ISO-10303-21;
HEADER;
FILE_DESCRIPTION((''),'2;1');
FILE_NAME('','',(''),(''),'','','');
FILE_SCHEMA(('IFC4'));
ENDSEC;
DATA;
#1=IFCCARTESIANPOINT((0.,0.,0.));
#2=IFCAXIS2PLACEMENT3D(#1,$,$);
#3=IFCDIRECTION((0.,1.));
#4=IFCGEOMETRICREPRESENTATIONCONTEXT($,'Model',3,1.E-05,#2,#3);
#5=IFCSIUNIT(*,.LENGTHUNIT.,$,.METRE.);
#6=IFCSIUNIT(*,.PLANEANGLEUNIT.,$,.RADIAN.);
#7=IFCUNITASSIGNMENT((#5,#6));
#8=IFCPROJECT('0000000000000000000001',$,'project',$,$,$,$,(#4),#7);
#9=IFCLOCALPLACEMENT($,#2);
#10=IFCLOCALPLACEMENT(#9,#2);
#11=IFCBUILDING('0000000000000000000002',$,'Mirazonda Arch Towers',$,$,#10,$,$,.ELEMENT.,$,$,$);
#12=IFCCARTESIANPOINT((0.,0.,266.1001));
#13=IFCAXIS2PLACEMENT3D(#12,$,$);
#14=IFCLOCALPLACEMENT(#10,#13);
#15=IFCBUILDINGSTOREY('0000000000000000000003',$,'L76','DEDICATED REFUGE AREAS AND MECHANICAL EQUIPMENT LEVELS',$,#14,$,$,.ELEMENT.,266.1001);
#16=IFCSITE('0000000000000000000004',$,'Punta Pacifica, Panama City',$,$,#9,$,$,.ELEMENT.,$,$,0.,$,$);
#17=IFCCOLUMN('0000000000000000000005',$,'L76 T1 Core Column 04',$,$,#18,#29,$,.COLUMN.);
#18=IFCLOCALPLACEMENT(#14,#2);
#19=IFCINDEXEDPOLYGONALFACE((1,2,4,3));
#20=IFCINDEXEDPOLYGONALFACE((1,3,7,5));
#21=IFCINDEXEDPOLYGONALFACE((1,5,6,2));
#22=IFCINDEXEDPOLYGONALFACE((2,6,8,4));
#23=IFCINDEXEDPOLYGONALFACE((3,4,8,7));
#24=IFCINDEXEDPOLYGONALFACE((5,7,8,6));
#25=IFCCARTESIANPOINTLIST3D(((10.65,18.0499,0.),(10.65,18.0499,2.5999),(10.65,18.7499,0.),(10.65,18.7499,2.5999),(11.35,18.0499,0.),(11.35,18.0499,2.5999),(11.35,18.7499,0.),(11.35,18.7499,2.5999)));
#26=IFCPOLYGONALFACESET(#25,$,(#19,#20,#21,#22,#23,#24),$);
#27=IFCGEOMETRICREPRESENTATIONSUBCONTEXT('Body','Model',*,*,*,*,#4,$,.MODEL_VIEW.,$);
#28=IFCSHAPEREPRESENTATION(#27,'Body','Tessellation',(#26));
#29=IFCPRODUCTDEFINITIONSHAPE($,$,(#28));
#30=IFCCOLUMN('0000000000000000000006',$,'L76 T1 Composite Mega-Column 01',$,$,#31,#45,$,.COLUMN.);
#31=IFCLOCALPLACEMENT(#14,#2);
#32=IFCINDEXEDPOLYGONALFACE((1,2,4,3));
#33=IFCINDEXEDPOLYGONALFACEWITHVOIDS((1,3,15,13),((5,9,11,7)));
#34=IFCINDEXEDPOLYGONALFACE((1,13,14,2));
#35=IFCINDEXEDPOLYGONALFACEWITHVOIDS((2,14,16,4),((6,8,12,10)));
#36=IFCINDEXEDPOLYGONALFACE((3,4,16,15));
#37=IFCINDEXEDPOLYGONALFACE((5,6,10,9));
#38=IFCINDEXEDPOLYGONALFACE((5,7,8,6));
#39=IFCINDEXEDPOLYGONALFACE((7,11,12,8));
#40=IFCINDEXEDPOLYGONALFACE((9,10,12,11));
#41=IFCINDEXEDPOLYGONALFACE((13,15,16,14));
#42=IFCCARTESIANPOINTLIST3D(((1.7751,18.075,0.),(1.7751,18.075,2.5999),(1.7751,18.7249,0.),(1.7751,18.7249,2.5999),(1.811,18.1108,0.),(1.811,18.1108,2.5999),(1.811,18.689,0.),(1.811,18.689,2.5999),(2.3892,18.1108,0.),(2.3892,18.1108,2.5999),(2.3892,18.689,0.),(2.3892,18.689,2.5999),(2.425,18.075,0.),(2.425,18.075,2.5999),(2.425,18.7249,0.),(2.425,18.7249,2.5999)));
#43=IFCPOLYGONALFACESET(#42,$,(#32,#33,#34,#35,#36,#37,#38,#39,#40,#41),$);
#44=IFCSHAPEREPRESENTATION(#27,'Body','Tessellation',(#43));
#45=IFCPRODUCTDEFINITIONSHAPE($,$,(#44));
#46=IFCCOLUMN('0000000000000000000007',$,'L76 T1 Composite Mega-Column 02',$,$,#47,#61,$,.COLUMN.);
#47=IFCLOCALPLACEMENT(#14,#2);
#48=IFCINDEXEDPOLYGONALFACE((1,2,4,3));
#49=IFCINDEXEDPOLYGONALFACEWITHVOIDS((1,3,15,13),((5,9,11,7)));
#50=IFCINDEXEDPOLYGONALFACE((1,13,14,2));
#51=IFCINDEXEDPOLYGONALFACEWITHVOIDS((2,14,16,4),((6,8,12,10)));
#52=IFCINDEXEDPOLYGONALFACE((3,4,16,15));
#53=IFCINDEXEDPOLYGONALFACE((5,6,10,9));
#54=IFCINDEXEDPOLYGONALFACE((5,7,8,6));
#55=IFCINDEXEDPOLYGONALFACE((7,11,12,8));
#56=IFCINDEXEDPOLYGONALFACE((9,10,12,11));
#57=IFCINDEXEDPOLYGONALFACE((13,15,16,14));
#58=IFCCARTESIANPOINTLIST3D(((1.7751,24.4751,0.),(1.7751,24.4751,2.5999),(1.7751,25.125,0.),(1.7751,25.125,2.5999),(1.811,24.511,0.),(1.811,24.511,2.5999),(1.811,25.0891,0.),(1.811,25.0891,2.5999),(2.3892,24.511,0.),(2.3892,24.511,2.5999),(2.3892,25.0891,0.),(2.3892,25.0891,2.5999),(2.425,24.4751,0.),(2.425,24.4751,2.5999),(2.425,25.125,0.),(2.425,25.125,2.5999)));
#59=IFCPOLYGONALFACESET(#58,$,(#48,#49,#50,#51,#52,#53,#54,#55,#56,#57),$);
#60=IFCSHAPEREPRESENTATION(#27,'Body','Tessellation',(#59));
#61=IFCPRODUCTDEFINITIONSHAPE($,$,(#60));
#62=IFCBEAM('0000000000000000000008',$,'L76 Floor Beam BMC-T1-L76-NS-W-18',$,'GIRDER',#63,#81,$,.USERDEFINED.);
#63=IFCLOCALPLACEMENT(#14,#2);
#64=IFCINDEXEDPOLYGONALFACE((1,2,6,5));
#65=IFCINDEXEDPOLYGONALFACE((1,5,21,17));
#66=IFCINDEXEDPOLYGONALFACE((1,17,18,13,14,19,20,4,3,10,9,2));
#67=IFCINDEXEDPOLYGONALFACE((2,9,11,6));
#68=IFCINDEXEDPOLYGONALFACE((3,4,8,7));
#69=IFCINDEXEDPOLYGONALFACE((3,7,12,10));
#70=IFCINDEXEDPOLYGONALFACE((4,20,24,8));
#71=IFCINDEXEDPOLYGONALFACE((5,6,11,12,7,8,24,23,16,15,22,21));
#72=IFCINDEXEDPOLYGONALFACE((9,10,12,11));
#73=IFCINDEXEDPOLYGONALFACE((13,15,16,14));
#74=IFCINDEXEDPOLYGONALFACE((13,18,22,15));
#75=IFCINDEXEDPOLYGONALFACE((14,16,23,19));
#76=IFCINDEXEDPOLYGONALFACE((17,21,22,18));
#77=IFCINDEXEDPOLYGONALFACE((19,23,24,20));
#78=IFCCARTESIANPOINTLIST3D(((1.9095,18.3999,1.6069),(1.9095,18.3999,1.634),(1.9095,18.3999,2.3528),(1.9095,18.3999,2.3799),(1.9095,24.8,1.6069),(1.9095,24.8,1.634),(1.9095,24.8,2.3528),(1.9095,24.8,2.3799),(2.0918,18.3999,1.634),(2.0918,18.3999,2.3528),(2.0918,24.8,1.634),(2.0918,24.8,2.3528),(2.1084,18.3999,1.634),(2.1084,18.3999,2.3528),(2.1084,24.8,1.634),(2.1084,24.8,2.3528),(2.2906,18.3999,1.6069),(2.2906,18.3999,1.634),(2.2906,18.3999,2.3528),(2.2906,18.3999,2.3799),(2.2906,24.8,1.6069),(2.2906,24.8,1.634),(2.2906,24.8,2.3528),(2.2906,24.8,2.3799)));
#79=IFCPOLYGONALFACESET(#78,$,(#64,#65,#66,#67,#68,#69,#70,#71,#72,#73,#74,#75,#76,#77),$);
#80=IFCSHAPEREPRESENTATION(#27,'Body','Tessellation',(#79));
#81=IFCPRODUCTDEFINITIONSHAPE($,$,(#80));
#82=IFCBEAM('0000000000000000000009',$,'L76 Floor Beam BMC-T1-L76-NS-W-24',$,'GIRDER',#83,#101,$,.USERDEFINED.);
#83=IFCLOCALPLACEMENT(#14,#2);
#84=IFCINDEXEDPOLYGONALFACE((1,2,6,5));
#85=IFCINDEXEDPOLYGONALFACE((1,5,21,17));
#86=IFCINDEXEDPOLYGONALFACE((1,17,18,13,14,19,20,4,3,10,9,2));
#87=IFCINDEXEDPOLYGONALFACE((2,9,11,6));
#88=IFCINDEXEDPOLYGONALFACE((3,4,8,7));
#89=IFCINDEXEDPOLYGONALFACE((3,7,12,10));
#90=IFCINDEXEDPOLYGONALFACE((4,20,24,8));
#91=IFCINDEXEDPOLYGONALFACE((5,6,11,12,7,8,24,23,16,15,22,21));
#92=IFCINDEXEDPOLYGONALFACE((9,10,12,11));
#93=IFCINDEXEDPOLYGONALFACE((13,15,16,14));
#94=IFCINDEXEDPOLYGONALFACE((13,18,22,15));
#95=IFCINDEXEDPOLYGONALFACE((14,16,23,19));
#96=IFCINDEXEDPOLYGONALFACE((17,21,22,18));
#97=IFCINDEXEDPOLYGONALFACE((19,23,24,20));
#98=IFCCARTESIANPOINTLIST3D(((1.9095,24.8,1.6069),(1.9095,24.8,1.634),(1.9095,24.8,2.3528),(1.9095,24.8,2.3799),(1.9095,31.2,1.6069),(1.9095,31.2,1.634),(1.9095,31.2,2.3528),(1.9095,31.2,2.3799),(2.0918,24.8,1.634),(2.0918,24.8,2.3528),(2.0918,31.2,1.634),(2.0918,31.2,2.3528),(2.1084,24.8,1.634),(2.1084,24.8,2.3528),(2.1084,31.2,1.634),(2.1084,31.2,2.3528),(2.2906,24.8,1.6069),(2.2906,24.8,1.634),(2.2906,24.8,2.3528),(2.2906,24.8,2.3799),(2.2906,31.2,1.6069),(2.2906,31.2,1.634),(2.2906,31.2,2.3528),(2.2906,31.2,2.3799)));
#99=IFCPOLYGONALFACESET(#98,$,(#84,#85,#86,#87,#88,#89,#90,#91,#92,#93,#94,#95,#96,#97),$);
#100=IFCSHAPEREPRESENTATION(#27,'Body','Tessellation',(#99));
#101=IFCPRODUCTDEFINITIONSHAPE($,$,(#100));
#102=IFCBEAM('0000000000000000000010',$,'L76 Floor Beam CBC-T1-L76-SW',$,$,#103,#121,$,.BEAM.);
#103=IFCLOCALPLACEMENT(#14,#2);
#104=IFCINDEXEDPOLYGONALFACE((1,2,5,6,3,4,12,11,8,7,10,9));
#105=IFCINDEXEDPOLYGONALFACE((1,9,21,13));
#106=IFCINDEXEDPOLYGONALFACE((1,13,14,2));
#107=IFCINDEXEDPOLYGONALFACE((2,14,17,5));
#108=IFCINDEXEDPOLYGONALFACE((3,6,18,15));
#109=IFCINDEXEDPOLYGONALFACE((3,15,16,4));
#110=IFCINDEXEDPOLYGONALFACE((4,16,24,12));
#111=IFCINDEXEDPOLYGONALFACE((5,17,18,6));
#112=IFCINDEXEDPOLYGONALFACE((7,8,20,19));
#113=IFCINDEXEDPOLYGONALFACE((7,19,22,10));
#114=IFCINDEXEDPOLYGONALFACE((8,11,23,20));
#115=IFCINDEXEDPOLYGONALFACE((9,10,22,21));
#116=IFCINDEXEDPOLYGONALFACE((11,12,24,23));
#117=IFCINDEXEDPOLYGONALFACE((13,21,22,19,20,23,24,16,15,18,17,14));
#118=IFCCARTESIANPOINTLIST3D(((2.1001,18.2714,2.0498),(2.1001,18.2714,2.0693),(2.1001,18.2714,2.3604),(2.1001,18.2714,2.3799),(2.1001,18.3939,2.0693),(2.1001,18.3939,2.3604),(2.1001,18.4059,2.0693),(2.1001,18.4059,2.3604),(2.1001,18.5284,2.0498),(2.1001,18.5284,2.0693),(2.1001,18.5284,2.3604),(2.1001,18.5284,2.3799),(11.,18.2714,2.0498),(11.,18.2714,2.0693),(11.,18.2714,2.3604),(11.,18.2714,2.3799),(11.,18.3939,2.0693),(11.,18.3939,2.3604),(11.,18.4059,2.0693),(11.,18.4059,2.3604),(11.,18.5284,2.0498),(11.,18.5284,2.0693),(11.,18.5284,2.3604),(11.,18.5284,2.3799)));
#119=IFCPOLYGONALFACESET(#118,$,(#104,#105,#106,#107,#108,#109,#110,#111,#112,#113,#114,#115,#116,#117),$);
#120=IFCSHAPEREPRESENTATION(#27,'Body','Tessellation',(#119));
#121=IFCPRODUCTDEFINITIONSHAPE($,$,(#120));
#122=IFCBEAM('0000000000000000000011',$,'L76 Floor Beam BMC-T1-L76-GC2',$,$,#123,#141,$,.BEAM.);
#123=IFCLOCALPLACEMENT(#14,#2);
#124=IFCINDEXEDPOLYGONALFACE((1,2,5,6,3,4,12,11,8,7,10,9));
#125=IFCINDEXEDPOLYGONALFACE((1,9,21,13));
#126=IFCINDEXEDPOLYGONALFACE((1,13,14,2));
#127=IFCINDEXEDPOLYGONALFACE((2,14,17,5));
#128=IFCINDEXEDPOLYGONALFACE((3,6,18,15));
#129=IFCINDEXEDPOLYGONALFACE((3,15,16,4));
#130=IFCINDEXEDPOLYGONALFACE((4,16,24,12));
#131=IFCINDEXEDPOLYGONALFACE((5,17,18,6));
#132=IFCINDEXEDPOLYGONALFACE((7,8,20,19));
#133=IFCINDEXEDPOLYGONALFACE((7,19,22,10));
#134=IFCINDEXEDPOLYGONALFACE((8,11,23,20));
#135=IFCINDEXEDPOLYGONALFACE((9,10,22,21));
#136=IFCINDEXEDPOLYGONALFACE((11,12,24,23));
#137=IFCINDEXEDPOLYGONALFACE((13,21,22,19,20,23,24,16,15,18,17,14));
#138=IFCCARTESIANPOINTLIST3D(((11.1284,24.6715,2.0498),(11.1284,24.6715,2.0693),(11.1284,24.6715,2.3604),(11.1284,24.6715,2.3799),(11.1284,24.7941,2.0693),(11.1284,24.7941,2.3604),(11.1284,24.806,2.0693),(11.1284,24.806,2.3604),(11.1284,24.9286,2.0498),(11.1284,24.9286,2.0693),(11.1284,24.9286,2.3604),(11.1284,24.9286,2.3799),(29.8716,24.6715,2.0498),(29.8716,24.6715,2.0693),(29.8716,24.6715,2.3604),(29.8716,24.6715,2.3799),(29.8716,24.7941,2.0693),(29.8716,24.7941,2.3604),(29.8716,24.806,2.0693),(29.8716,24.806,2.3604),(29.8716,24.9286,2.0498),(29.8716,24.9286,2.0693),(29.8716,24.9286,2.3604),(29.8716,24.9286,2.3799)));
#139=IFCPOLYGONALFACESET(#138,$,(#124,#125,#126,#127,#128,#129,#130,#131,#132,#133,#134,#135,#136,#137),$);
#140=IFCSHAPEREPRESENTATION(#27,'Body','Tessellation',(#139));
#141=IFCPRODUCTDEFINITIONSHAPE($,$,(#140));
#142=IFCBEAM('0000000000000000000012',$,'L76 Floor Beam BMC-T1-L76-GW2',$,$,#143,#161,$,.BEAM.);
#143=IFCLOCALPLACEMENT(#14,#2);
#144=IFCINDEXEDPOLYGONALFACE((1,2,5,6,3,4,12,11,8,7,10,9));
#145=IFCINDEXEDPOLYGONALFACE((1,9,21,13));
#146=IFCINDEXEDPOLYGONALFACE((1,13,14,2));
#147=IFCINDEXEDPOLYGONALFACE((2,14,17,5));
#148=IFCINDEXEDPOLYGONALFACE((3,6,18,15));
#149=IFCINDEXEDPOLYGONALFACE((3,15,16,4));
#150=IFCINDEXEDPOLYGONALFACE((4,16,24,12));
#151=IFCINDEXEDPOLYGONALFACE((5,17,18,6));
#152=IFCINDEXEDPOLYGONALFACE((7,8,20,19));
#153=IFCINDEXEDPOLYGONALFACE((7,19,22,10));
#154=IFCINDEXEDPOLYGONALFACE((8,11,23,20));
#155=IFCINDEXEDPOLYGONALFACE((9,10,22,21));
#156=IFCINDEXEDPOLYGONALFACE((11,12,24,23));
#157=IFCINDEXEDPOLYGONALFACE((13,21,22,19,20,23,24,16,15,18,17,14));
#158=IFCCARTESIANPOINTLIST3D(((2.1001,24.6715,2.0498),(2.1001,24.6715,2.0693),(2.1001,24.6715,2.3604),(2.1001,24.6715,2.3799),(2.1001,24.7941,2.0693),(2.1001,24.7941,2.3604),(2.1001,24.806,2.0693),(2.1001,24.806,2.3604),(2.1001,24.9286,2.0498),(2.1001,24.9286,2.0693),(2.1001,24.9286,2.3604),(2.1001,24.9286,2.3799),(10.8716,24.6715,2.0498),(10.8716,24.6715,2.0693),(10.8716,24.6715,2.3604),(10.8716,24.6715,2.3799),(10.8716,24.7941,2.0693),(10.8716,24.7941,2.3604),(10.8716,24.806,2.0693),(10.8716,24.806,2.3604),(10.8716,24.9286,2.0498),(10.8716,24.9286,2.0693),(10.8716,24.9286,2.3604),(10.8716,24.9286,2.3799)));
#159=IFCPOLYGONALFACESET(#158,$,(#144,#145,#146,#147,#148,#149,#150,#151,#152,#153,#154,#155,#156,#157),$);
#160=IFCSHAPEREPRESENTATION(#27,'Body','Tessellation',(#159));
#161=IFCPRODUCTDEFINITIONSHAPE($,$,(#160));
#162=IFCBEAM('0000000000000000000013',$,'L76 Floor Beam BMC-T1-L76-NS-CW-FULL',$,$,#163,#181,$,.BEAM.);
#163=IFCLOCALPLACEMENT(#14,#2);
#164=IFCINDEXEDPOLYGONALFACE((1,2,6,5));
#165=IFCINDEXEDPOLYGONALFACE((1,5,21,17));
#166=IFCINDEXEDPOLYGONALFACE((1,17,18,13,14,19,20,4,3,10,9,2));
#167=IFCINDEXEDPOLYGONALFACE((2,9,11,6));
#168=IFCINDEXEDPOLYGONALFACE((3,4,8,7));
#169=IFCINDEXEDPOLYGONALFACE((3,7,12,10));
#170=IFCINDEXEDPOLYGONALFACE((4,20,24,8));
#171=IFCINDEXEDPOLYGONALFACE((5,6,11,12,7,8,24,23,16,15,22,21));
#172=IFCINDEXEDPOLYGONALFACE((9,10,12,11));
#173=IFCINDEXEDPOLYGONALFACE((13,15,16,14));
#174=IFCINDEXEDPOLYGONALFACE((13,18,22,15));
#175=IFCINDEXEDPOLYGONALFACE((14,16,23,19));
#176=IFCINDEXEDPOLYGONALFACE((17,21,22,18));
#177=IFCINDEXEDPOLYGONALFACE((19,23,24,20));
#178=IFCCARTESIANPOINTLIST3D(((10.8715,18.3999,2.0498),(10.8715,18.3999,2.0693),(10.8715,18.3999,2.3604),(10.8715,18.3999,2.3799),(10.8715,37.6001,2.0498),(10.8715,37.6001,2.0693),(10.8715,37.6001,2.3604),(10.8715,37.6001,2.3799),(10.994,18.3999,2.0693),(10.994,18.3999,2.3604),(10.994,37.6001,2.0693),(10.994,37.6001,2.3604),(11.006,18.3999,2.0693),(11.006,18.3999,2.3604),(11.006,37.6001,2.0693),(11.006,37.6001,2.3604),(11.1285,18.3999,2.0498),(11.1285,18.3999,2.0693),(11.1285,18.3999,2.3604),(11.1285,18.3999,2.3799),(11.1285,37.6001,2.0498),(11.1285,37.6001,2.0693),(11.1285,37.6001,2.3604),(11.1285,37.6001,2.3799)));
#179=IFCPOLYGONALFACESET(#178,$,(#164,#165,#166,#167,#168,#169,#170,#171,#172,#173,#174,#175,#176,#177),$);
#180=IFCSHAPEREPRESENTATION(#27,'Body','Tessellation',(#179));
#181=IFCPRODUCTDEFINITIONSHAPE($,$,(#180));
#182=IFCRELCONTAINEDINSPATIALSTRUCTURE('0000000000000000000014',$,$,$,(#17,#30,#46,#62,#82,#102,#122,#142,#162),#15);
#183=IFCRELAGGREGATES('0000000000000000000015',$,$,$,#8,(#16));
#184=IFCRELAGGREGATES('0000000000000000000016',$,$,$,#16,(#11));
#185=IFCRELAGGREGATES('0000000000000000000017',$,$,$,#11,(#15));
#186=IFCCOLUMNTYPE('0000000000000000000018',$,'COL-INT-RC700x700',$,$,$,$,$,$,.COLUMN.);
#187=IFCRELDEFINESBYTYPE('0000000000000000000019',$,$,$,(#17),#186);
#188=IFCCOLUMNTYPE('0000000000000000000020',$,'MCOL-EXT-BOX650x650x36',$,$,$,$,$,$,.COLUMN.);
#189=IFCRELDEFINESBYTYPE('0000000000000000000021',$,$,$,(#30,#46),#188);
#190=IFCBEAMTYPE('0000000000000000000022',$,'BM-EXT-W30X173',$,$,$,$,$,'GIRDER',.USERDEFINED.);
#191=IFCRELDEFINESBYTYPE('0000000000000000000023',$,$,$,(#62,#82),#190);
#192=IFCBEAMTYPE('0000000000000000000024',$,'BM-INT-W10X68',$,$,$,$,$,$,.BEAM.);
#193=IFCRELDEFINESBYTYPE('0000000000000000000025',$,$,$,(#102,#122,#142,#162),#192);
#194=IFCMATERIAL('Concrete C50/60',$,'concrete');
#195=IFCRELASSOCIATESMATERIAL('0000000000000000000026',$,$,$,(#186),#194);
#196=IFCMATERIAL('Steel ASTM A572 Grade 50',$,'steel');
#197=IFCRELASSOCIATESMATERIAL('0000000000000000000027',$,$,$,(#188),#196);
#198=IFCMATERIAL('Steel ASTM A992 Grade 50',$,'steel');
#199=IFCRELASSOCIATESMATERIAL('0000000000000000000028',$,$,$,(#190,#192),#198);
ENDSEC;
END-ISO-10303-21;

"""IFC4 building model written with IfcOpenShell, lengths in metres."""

from ifc_helpers import new_model, si_unit, direction, frame, origin, origin_2d, place, context, subcontext, project, spatial, rectangle, hollow_rectangle, i_section, extrude, material, material_profile, profile_set, type_object, element, save


model = new_model("IFC4")

# Units and contexts
model_context = context("Model", 3, precision=1e-05, world=origin(), true_north=direction((0.0, 1.0)))
body_context = subcontext(model_context, "Body", "Model", "MODEL_VIEW")
ifc_project = project(units=[si_unit("LENGTHUNIT", "METRE"), si_unit("PLANEANGLEUNIT", "RADIAN")], contexts=[model_context])

# Site, building, storey
site_placement = place(None, origin())
site = spatial("IfcSite", under=ifc_project, at=site_placement, Name="Punta Pacifica, Panama City", CompositionType="ELEMENT", RefElevation=0.0)
building_placement = place(site_placement, origin())
building = spatial("IfcBuilding", under=site, at=building_placement, Name="Mirazonda Arch Towers", CompositionType="ELEMENT")
storey_placement = place(building_placement, frame((0.0, 0.0, 266.1001)))
storey = spatial("IfcBuildingStorey", under=building, at=storey_placement, Name="L76", Description="DEDICATED REFUGE AREAS AND MECHANICAL EQUIPMENT LEVELS", CompositionType="ELEMENT", Elevation=266.1001)

# Columns
ifc_material_1 = material(Name="Concrete C50/60", Category="concrete")
ifc_material_profile_1 = material_profile(ifc_material_1, rectangle(XDim=0.7, YDim=0.7, at=origin_2d()), Name="RC700x700")
ifc_profile_set_1 = profile_set([ifc_material_profile_1], Name="Concrete C50/60")
column_type_1 = type_object("IfcColumnType", Name="COL-INT-RC700x700", PredefinedType="COLUMN", material=ifc_profile_set_1)
column_placement = place(storey_placement, frame((11.0, 18.3999, 0.0), z_axis=(0.0, 0.0, 1.0), x_axis=(1.0, 0.0, 0.0)))
element("IfcColumn", 1, at=column_placement, inside=storey, type_object=column_type_1, Name="L76 T1 Core Column 04", PredefinedType="COLUMN", context=body_context, shape_type="SweptSolid", body=[
    extrude(rectangle(XDim=0.7, YDim=0.7, at=origin_2d()), origin(), (0.0, 0.0, 1.0), 2.5999),
])
ifc_material_2 = material(Name="Steel ASTM A572 Grade 50", Category="steel")
ifc_material_profile_2 = material_profile(ifc_material_2, hollow_rectangle(XDim=0.6499, YDim=0.6499, WallThickness=0.0359, at=origin_2d()), Name="BOX650x650x36")
ifc_profile_set_2 = profile_set([ifc_material_profile_2], Name="Steel ASTM A572 Grade 50")
column_type_2 = type_object("IfcColumnType", Name="MCOL-EXT-BOX650x650x36", PredefinedType="COLUMN", material=ifc_profile_set_2)
for number, where, z_axis, x_axis, name in (
    (2, (2.1001, 18.3999, 0.0), (0.0, 0.0, 1.0), (1.0, 0.0, 0.0), "L76 T1 Composite Mega-Column 01"),
    (3, (2.1001, 24.8, 0.0), (0.0, 0.0, 1.0), (1.0, 0.0, 0.0), "L76 T1 Composite Mega-Column 02"),
):
    element("IfcColumn", number, at=place(storey_placement, frame(where, z_axis=z_axis, x_axis=x_axis)), inside=storey, type_object=column_type_2, Name=name, PredefinedType="COLUMN", context=body_context, shape_type="SweptSolid", body=[
        extrude(hollow_rectangle(XDim=0.6499, YDim=0.6499, WallThickness=0.0359, at=origin_2d()), origin(), (0.0, 0.0, 1.0), 2.5999),
    ])

# Beams
ifc_material_3 = material(Name="Steel ASTM A992 Grade 50", Category="steel")
ifc_material_profile_3 = material_profile(ifc_material_3, i_section(OverallWidth=0.3811, OverallDepth=0.7729, WebThickness=0.0166, FlangeThickness=0.0271, at=origin_2d()), Name="W30X173")
ifc_profile_set_3 = profile_set([ifc_material_profile_3], Name="Steel ASTM A992 Grade 50")
beam_type_1 = type_object("IfcBeamType", Name="BM-EXT-W30X173", ElementType="GIRDER", PredefinedType="USERDEFINED", material=ifc_profile_set_3)
beam_1_placement = place(storey_placement, frame((2.1001, 18.3999, 1.9934), z_axis=(0.0, 1.0, 0.0), x_axis=(-1.0, 0.0, 0.0)))
element("IfcBeam", 4, at=beam_1_placement, inside=storey, type_object=beam_type_1, Name="L76 Floor Beam BMC-T1-L76-NS-W-18", ObjectType="GIRDER", PredefinedType="USERDEFINED", context=body_context, shape_type="SweptSolid", body=[
    extrude(i_section(OverallWidth=0.3811, OverallDepth=0.7729, WebThickness=0.0166, FlangeThickness=0.0271, at=origin_2d()), origin(), (0.0, 0.0, 1.0), 6.4001),
])
beam_2_placement = place(storey_placement, frame((2.1001, 24.8, 1.9934), z_axis=(0.0, 1.0, 0.0), x_axis=(-1.0, 0.0, 0.0)))
element("IfcBeam", 5, at=beam_2_placement, inside=storey, type_object=beam_type_1, Name="L76 Floor Beam BMC-T1-L76-NS-W-24", ObjectType="GIRDER", PredefinedType="USERDEFINED", context=body_context, shape_type="SweptSolid", body=[
    extrude(i_section(OverallWidth=0.3811, OverallDepth=0.7729, WebThickness=0.0166, FlangeThickness=0.0271, at=origin_2d()), origin(), (0.0, 0.0, 1.0), 6.3999),
])
ifc_material_profile_4 = material_profile(ifc_material_3, i_section(OverallWidth=0.2571, OverallDepth=0.3301, WebThickness=0.012, FlangeThickness=0.0195, at=origin_2d()), Name="W10X68")
ifc_profile_set_4 = profile_set([ifc_material_profile_4], Name="Steel ASTM A992 Grade 50")
beam_type_2 = type_object("IfcBeamType", Name="BM-INT-W10X68", PredefinedType="BEAM", material=ifc_profile_set_4)
beam_3_placement = place(storey_placement, frame((2.1001, 18.3999, 2.2148), z_axis=(1.0, 0.0, 0.0), x_axis=(0.0, 1.0, 0.0)))
element("IfcBeam", 6, at=beam_3_placement, inside=storey, type_object=beam_type_2, Name="L76 Floor Beam CBC-T1-L76-SW", PredefinedType="BEAM", context=body_context, shape_type="SweptSolid", body=[
    extrude(i_section(OverallWidth=0.2571, OverallDepth=0.3301, WebThickness=0.012, FlangeThickness=0.0195, at=origin_2d()), origin(), (0.0, 0.0, 1.0), 8.8999),
])
beam_4_placement = place(storey_placement, frame((11.1284, 24.8, 2.2148), z_axis=(1.0, 0.0, 0.0), x_axis=(0.0, 1.0, 0.0)))
element("IfcBeam", 7, at=beam_4_placement, inside=storey, type_object=beam_type_2, Name="L76 Floor Beam BMC-T1-L76-GC2", PredefinedType="BEAM", context=body_context, shape_type="SweptSolid", body=[
    extrude(i_section(OverallWidth=0.2571, OverallDepth=0.3301, WebThickness=0.012, FlangeThickness=0.0195, at=origin_2d()), origin(), (0.0, 0.0, 1.0), 18.7432),
])
beam_5_placement = place(storey_placement, frame((2.1001, 24.8, 2.2148), z_axis=(1.0, 0.0, 0.0), x_axis=(0.0, 1.0, 0.0)))
element("IfcBeam", 8, at=beam_5_placement, inside=storey, type_object=beam_type_2, Name="L76 Floor Beam BMC-T1-L76-GW2", PredefinedType="BEAM", context=body_context, shape_type="SweptSolid", body=[
    extrude(i_section(OverallWidth=0.2571, OverallDepth=0.3301, WebThickness=0.012, FlangeThickness=0.0195, at=origin_2d()), origin(), (0.0, 0.0, 1.0), 8.7715),
])
beam_6_placement = place(storey_placement, frame((11.0, 18.3999, 2.2148), z_axis=(0.0, 1.0, 0.0), x_axis=(-1.0, 0.0, 0.0)))
element("IfcBeam", 9, at=beam_6_placement, inside=storey, type_object=beam_type_2, Name="L76 Floor Beam BMC-T1-L76-NS-CW-FULL", PredefinedType="BEAM", context=body_context, shape_type="SweptSolid", body=[
    extrude(i_section(OverallWidth=0.2571, OverallDepth=0.3301, WebThickness=0.012, FlangeThickness=0.0195, at=origin_2d()), origin(), (0.0, 0.0, 1.0), 19.2002),
])

save(model, "model.ifc")
